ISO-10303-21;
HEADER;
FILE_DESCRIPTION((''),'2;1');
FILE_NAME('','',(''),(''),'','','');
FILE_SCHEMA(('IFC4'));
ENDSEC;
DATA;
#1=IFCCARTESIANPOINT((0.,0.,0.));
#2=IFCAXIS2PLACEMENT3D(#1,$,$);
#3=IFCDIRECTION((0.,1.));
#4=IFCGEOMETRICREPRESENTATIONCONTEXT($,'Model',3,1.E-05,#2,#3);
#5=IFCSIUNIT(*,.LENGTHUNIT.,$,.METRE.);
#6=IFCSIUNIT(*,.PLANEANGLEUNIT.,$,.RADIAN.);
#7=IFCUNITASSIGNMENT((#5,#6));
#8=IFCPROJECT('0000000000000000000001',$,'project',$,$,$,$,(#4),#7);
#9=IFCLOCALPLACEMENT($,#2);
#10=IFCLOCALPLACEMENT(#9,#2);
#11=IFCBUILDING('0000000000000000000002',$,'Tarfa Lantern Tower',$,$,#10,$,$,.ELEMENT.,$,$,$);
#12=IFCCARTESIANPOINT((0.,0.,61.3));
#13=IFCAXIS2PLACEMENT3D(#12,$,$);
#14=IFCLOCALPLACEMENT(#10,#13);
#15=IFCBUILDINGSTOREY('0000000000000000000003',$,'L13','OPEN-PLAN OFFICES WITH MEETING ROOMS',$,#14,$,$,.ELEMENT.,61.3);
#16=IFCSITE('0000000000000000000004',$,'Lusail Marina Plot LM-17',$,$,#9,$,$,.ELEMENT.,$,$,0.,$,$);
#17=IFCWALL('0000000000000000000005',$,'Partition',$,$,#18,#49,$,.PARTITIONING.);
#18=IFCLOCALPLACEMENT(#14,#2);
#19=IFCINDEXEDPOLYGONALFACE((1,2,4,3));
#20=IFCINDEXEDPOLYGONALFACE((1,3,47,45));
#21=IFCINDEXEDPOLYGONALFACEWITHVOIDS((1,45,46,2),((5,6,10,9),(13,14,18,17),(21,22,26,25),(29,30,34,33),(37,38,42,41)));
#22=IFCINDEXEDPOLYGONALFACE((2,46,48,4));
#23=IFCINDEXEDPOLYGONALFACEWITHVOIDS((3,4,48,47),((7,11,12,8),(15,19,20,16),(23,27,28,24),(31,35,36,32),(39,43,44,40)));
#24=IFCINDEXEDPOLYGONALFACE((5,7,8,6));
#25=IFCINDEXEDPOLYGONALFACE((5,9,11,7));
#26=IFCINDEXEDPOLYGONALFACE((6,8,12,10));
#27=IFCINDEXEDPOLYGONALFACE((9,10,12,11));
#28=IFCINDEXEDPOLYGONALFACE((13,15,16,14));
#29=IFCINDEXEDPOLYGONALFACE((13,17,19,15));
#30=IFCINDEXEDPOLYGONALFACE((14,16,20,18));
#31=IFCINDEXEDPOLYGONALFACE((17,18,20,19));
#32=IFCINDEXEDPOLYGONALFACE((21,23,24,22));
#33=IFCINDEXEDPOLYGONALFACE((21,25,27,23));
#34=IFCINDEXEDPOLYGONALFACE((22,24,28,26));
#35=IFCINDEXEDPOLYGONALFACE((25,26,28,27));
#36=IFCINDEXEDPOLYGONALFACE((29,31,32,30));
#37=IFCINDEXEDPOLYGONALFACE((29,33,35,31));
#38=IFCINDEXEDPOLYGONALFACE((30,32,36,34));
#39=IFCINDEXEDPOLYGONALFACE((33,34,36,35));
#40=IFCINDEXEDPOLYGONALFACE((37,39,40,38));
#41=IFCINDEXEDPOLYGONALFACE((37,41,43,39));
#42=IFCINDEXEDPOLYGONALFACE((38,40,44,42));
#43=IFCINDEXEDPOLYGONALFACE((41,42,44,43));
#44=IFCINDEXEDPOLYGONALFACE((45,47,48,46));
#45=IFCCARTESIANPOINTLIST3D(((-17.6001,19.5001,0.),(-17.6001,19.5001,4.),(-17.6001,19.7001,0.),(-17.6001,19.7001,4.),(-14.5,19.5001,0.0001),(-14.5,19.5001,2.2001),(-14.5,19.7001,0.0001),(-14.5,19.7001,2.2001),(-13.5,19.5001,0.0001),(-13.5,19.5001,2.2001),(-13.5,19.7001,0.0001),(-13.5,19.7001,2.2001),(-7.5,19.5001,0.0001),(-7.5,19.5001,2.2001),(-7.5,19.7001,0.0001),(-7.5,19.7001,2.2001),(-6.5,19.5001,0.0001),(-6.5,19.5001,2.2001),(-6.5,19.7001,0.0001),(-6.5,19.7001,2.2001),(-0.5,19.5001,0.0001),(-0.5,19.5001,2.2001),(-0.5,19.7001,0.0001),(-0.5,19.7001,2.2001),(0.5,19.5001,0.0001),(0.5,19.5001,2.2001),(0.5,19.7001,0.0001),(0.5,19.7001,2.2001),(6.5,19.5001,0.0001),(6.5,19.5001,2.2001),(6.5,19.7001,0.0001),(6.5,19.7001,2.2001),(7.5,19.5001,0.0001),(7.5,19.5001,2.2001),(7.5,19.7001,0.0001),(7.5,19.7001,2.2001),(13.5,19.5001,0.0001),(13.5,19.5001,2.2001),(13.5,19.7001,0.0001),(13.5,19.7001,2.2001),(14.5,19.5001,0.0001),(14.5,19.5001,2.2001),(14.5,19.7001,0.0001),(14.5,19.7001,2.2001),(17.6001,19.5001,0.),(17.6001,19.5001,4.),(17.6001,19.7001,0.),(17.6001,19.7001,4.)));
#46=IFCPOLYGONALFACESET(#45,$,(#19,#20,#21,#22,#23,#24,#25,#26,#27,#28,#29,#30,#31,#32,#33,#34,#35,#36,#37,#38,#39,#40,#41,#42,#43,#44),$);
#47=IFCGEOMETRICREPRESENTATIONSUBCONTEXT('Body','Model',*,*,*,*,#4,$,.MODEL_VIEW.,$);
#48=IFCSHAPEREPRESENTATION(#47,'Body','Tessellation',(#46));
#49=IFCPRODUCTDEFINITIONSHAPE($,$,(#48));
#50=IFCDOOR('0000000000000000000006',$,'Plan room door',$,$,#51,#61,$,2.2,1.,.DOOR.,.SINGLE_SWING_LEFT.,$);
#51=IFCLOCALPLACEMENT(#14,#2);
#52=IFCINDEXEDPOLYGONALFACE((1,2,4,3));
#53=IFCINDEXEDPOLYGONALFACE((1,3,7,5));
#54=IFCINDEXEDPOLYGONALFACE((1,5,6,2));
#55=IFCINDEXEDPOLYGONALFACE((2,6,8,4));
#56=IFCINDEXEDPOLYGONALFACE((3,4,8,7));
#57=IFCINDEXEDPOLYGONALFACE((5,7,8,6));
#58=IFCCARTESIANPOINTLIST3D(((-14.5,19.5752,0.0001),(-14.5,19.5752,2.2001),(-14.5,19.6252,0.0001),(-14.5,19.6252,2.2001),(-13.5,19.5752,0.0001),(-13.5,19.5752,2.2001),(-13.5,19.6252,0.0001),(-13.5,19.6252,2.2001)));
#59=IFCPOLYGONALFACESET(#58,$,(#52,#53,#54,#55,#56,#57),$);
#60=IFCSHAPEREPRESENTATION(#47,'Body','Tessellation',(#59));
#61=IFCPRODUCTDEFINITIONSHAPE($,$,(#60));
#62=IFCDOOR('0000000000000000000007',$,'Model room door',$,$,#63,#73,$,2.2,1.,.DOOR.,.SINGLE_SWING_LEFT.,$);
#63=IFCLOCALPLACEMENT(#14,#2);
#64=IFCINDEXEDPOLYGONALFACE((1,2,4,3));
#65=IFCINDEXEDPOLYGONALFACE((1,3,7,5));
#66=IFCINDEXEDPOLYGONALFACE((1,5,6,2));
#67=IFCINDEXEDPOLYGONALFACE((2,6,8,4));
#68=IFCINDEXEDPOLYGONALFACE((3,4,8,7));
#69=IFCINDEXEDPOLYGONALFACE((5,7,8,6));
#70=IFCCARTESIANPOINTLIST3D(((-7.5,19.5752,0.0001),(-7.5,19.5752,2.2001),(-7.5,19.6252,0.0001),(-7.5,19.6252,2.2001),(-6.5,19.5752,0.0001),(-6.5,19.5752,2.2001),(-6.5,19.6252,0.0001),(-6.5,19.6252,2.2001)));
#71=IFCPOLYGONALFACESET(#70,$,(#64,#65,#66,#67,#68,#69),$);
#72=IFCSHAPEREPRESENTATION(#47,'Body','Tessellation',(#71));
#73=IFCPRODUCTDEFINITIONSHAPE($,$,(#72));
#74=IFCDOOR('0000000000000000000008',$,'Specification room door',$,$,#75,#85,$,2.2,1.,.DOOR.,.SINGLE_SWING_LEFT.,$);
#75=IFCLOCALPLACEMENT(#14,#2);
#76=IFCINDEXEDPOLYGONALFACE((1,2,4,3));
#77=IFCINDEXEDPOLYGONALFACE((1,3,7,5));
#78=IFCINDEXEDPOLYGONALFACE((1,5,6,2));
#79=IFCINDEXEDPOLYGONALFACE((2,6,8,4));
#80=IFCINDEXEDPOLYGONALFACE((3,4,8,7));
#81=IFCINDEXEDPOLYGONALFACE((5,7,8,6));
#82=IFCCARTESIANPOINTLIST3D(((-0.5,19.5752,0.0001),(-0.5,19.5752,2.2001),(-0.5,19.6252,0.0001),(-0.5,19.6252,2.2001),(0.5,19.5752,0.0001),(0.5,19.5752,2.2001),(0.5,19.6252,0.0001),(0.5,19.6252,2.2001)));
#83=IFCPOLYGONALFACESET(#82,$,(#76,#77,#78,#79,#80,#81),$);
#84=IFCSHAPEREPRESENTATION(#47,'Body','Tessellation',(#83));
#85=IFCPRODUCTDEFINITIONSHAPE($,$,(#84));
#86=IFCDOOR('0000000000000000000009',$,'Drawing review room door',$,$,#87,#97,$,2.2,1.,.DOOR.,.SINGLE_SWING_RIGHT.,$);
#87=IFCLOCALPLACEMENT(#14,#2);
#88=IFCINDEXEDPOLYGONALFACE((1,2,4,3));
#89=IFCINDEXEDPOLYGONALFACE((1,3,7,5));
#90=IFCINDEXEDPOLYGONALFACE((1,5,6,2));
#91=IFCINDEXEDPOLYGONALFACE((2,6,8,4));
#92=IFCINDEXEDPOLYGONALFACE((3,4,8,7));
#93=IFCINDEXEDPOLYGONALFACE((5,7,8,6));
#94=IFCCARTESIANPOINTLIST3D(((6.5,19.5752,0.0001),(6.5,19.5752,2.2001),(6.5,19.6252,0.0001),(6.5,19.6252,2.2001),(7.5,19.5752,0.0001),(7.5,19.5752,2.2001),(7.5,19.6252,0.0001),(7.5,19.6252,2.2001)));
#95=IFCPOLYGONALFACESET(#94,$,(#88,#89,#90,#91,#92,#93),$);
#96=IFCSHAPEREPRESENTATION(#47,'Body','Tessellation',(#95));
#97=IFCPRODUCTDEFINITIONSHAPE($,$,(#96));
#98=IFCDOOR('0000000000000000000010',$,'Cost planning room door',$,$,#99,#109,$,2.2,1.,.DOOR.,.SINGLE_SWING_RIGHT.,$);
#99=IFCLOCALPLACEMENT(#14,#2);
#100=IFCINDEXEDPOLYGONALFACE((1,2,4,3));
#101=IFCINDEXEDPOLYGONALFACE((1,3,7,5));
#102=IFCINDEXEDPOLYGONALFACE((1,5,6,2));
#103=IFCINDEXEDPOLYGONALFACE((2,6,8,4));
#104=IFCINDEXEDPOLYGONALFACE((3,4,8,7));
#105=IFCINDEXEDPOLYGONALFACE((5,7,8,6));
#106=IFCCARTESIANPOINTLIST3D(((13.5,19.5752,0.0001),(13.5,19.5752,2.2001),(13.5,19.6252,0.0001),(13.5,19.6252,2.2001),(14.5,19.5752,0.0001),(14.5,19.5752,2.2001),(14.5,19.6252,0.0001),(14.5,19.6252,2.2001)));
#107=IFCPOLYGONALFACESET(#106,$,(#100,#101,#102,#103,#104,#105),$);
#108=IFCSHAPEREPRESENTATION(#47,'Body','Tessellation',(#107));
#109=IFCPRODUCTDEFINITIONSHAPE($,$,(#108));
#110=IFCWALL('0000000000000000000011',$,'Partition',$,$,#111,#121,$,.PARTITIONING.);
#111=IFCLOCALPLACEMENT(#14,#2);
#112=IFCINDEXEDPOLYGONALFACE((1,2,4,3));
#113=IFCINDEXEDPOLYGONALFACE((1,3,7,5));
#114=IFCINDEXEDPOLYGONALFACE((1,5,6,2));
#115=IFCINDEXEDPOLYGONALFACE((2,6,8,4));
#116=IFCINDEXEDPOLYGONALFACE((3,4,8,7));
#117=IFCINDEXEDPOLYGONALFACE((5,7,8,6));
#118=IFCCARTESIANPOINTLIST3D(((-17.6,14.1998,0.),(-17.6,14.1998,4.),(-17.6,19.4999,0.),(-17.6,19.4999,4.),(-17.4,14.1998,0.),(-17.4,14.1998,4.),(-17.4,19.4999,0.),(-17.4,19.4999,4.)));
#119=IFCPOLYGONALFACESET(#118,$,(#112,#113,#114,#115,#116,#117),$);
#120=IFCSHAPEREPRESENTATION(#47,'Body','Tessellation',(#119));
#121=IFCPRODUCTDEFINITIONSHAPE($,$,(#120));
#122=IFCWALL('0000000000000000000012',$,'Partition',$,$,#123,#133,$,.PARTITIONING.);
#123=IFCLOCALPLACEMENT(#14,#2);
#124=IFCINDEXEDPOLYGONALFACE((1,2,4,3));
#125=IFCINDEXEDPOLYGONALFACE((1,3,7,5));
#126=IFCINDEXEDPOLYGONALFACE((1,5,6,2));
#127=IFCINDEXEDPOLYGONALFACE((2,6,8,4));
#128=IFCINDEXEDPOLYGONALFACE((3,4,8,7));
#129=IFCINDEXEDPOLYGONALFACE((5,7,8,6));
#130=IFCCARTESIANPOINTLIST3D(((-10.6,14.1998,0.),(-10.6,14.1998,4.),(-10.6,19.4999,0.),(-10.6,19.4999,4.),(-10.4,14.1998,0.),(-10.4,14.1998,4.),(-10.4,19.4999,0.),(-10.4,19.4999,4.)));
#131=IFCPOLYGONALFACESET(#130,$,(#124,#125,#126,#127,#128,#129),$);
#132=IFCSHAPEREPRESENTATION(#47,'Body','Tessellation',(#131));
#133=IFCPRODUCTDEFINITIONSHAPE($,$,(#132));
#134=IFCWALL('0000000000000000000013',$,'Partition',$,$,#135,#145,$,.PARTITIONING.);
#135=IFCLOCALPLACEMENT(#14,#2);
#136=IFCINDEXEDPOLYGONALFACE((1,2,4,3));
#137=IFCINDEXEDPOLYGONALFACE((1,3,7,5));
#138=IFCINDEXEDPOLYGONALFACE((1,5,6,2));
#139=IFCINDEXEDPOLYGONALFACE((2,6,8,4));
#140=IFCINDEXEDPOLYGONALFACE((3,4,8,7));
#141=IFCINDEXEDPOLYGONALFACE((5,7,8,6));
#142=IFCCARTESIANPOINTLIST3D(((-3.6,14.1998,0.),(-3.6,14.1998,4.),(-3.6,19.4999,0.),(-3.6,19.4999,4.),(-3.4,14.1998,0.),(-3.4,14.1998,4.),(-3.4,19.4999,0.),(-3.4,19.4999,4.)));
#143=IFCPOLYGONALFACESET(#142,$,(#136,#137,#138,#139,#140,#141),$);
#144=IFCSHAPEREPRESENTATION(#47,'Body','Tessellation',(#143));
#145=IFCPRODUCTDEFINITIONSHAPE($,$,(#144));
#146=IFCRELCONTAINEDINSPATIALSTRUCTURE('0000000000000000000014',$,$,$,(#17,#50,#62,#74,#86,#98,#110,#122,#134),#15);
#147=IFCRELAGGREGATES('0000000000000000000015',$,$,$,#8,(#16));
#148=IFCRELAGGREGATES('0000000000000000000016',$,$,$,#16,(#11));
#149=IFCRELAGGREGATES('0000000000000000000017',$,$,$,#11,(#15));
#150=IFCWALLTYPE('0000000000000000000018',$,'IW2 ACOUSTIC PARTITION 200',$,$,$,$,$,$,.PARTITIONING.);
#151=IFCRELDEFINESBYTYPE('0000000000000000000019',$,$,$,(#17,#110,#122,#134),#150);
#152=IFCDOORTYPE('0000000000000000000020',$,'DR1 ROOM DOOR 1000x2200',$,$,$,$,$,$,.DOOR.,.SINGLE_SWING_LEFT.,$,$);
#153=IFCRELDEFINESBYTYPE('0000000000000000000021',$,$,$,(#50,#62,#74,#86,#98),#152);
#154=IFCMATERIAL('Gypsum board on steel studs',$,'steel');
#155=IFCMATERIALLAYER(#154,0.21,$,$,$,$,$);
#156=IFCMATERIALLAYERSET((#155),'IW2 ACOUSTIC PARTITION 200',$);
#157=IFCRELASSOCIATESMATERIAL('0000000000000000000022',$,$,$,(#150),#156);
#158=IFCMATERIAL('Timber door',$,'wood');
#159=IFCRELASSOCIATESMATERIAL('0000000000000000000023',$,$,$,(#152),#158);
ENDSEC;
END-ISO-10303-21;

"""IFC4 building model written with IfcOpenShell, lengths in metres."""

from ifc_helpers import new_model, si_unit, direction, frame, frame_2d, origin, place, context, subcontext, project, spatial, rectangle, extrude, material, layer, layer_set, type_object, element, fill, save


model = new_model("IFC4")

# Units and contexts
model_context = context("Model", 3, precision=1e-05, world=origin(), true_north=direction((0.0, 1.0)))
body_context = subcontext(model_context, "Body", "Model", "MODEL_VIEW")
ifc_project = project(units=[si_unit("LENGTHUNIT", "METRE"), si_unit("PLANEANGLEUNIT", "RADIAN")], contexts=[model_context])

# Site, building, storey
site_placement = place(None, origin())
site = spatial("IfcSite", under=ifc_project, at=site_placement, Name="Lusail Marina Plot LM-17", CompositionType="ELEMENT", RefElevation=0.0)
building_placement = place(site_placement, origin())
building = spatial("IfcBuilding", under=site, at=building_placement, Name="Tarfa Lantern Tower", CompositionType="ELEMENT")
storey_placement = place(building_placement, frame((0.0, 0.0, 61.3)))
storey = spatial("IfcBuildingStorey", under=building, at=storey_placement, Name="L13", Description="OPEN-PLAN OFFICES WITH MEETING ROOMS", CompositionType="ELEMENT", Elevation=61.3)

# Wall, openings, doors
ifc_material_1 = material(Name="Gypsum board on steel studs", Category="steel")
ifc_layer_1 = layer(ifc_material_1, 0.21)
ifc_layer_set_1 = layer_set([ifc_layer_1], Name="IW2 ACOUSTIC PARTITION 200")
wall_type = type_object("IfcWallType", Name="IW2 ACOUSTIC PARTITION 200", PredefinedType="PARTITIONING", material=ifc_layer_set_1)
wall_placement = place(storey_placement, frame((-17.6001, 19.6001, 0.0), z_axis=(0.0, 0.0, 1.0), x_axis=(1.0, 0.0, 0.0)))
wall = element("IfcWall", 1, at=wall_placement, inside=storey, type_object=wall_type, Name="Partition", PredefinedType="PARTITIONING", context=body_context, shape_type="SweptSolid", body=[
    extrude(rectangle(XDim=35.2002, YDim=0.2, at=frame_2d((17.6001, 0.0))), origin(), (0.0, 0.0, 1.0), 4.0),
])
opening_1_placement = place(wall_placement, frame((3.1001, 0.0, 0.0)))
opening_1 = element("IfcOpeningElement", 2, at=opening_1_placement, cuts=wall, PredefinedType="OPENING", context=body_context, shape_type="SweptSolid", body=[
    extrude(rectangle(XDim=1.0, YDim=2.2, at=frame_2d((0.5, 1.1001))), frame((0.0, 0.1099, 0.0), z_axis=(0.0, -1.0, 0.0), x_axis=(1.0, 0.0, 0.0)), (0.0, 0.0, 1.0), 0.22),
])
opening_2_placement = place(wall_placement, frame((10.1001, 0.0, 0.0)))
opening_2 = element("IfcOpeningElement", 3, at=opening_2_placement, cuts=wall, PredefinedType="OPENING", context=body_context, shape_type="SweptSolid", body=[
    extrude(rectangle(XDim=1.0, YDim=2.2, at=frame_2d((0.5, 1.1001))), frame((0.0, 0.1099, 0.0), z_axis=(0.0, -1.0, 0.0), x_axis=(1.0, 0.0, 0.0)), (0.0, 0.0, 1.0), 0.22),
])
opening_3_placement = place(wall_placement, frame((17.1001, 0.0, 0.0)))
opening_3 = element("IfcOpeningElement", 4, at=opening_3_placement, cuts=wall, PredefinedType="OPENING", context=body_context, shape_type="SweptSolid", body=[
    extrude(rectangle(XDim=1.0, YDim=2.2, at=frame_2d((0.5, 1.1001))), frame((0.0, 0.1099, 0.0), z_axis=(0.0, -1.0, 0.0), x_axis=(1.0, 0.0, 0.0)), (0.0, 0.0, 1.0), 0.22),
])
opening_4_placement = place(wall_placement, frame((24.1001, 0.0, 0.0)))
opening_4 = element("IfcOpeningElement", 5, at=opening_4_placement, cuts=wall, PredefinedType="OPENING", context=body_context, shape_type="SweptSolid", body=[
    extrude(rectangle(XDim=1.0, YDim=2.2, at=frame_2d((0.5, 1.1001))), frame((0.0, 0.1099, 0.0), z_axis=(0.0, -1.0, 0.0), x_axis=(1.0, 0.0, 0.0)), (0.0, 0.0, 1.0), 0.22),
])
opening_5_placement = place(wall_placement, frame((31.1001, 0.0, 0.0)))
opening_5 = element("IfcOpeningElement", 6, at=opening_5_placement, cuts=wall, PredefinedType="OPENING", context=body_context, shape_type="SweptSolid", body=[
    extrude(rectangle(XDim=1.0, YDim=2.2, at=frame_2d((0.5, 1.1001))), frame((0.0, 0.1099, 0.0), z_axis=(0.0, -1.0, 0.0), x_axis=(1.0, 0.0, 0.0)), (0.0, 0.0, 1.0), 0.22),
])
ifc_material_2 = material(Name="Timber door", Category="wood")
door_type = type_object("IfcDoorType", Name="DR1 ROOM DOOR 1000x2200", OperationType="SINGLE_SWING_LEFT", PredefinedType="DOOR", material=ifc_material_2)
door_1_placement = place(opening_1_placement, frame((1.0, 0.0, 0.0), z_axis=(0.0, 0.0, 1.0), x_axis=(-1.0, 0.0, 0.0)))
door_1 = element("IfcDoor", 7, at=door_1_placement, inside=storey, type_object=door_type, Name="Plan room door", OperationType="SINGLE_SWING_LEFT", OverallHeight=2.2, OverallWidth=1.0, PredefinedType="DOOR", context=body_context, shape_type="SweptSolid", body=[
    extrude(rectangle(XDim=1.0, YDim=2.2, at=frame_2d((0.5, 1.1001))), frame((0.0, 0.0249, 0.0), z_axis=(0.0, -1.0, 0.0), x_axis=(1.0, 0.0, 0.0)), (0.0, 0.0, 1.0), 0.05),
])
fill(opening_1, door_1)
door_2_placement = place(opening_2_placement, frame((1.0, 0.0, 0.0), z_axis=(0.0, 0.0, 1.0), x_axis=(-1.0, 0.0, 0.0)))
door_2 = element("IfcDoor", 8, at=door_2_placement, inside=storey, type_object=door_type, Name="Model room door", OperationType="SINGLE_SWING_LEFT", OverallHeight=2.2, OverallWidth=1.0, PredefinedType="DOOR", context=body_context, shape_type="SweptSolid", body=[
    extrude(rectangle(XDim=1.0, YDim=2.2, at=frame_2d((0.5, 1.1001))), frame((0.0, 0.0249, 0.0), z_axis=(0.0, -1.0, 0.0), x_axis=(1.0, 0.0, 0.0)), (0.0, 0.0, 1.0), 0.05),
])
fill(opening_2, door_2)
door_3_placement = place(opening_3_placement, frame((1.0, 0.0, 0.0), z_axis=(0.0, 0.0, 1.0), x_axis=(-1.0, 0.0, 0.0)))
door_3 = element("IfcDoor", 9, at=door_3_placement, inside=storey, type_object=door_type, Name="Specification room door", OperationType="SINGLE_SWING_LEFT", OverallHeight=2.2, OverallWidth=1.0, PredefinedType="DOOR", context=body_context, shape_type="SweptSolid", body=[
    extrude(rectangle(XDim=1.0, YDim=2.2, at=frame_2d((0.5, 1.1001))), frame((0.0, 0.0249, 0.0), z_axis=(0.0, -1.0, 0.0), x_axis=(1.0, 0.0, 0.0)), (0.0, 0.0, 1.0), 0.05),
])
fill(opening_3, door_3)
door_4_placement = place(opening_4_placement, frame((1.0, 0.0, 0.0), z_axis=(0.0, 0.0, 1.0), x_axis=(-1.0, 0.0, 0.0)))
door_4 = element("IfcDoor", 10, at=door_4_placement, inside=storey, type_object=door_type, Name="Drawing review room door", OperationType="SINGLE_SWING_RIGHT", OverallHeight=2.2, OverallWidth=1.0, PredefinedType="DOOR", context=body_context, shape_type="SweptSolid", body=[
    extrude(rectangle(XDim=1.0, YDim=2.2, at=frame_2d((0.5, 1.1001))), frame((0.0, 0.0249, 0.0), z_axis=(0.0, -1.0, 0.0), x_axis=(1.0, 0.0, 0.0)), (0.0, 0.0, 1.0), 0.05),
])
fill(opening_4, door_4)
door_5_placement = place(opening_5_placement, frame((1.0, 0.0, 0.0), z_axis=(0.0, 0.0, 1.0), x_axis=(-1.0, 0.0, 0.0)))
door_5 = element("IfcDoor", 11, at=door_5_placement, inside=storey, type_object=door_type, Name="Cost planning room door", OperationType="SINGLE_SWING_RIGHT", OverallHeight=2.2, OverallWidth=1.0, PredefinedType="DOOR", context=body_context, shape_type="SweptSolid", body=[
    extrude(rectangle(XDim=1.0, YDim=2.2, at=frame_2d((0.5, 1.1001))), frame((0.0, 0.0249, 0.0), z_axis=(0.0, -1.0, 0.0), x_axis=(1.0, 0.0, 0.0)), (0.0, 0.0, 1.0), 0.05),
])
fill(opening_5, door_5)

# Walls
for number, where, z_axis, x_axis, name in (
    (12, (-17.5, 14.2, 0.0), (0.0, 0.0, 1.0), (0.0, 1.0, 0.0), "Partition"),
    (13, (-10.5, 14.2, 0.0), (0.0, 0.0, 1.0), (0.0, 1.0, 0.0), "Partition"),
    (14, (-3.5, 14.2, 0.0), (0.0, 0.0, 1.0), (0.0, 1.0, 0.0), "Partition"),
):
    element("IfcWall", number, at=place(storey_placement, frame(where, z_axis=z_axis, x_axis=x_axis)), inside=storey, type_object=wall_type, Name=name, PredefinedType="PARTITIONING", context=body_context, shape_type="SweptSolid", body=[
        extrude(rectangle(XDim=5.3, YDim=0.2, at=frame_2d((2.6499, 0.0))), origin(), (0.0, 0.0, 1.0), 4.0),
    ])

save(model, "model.ifc")
